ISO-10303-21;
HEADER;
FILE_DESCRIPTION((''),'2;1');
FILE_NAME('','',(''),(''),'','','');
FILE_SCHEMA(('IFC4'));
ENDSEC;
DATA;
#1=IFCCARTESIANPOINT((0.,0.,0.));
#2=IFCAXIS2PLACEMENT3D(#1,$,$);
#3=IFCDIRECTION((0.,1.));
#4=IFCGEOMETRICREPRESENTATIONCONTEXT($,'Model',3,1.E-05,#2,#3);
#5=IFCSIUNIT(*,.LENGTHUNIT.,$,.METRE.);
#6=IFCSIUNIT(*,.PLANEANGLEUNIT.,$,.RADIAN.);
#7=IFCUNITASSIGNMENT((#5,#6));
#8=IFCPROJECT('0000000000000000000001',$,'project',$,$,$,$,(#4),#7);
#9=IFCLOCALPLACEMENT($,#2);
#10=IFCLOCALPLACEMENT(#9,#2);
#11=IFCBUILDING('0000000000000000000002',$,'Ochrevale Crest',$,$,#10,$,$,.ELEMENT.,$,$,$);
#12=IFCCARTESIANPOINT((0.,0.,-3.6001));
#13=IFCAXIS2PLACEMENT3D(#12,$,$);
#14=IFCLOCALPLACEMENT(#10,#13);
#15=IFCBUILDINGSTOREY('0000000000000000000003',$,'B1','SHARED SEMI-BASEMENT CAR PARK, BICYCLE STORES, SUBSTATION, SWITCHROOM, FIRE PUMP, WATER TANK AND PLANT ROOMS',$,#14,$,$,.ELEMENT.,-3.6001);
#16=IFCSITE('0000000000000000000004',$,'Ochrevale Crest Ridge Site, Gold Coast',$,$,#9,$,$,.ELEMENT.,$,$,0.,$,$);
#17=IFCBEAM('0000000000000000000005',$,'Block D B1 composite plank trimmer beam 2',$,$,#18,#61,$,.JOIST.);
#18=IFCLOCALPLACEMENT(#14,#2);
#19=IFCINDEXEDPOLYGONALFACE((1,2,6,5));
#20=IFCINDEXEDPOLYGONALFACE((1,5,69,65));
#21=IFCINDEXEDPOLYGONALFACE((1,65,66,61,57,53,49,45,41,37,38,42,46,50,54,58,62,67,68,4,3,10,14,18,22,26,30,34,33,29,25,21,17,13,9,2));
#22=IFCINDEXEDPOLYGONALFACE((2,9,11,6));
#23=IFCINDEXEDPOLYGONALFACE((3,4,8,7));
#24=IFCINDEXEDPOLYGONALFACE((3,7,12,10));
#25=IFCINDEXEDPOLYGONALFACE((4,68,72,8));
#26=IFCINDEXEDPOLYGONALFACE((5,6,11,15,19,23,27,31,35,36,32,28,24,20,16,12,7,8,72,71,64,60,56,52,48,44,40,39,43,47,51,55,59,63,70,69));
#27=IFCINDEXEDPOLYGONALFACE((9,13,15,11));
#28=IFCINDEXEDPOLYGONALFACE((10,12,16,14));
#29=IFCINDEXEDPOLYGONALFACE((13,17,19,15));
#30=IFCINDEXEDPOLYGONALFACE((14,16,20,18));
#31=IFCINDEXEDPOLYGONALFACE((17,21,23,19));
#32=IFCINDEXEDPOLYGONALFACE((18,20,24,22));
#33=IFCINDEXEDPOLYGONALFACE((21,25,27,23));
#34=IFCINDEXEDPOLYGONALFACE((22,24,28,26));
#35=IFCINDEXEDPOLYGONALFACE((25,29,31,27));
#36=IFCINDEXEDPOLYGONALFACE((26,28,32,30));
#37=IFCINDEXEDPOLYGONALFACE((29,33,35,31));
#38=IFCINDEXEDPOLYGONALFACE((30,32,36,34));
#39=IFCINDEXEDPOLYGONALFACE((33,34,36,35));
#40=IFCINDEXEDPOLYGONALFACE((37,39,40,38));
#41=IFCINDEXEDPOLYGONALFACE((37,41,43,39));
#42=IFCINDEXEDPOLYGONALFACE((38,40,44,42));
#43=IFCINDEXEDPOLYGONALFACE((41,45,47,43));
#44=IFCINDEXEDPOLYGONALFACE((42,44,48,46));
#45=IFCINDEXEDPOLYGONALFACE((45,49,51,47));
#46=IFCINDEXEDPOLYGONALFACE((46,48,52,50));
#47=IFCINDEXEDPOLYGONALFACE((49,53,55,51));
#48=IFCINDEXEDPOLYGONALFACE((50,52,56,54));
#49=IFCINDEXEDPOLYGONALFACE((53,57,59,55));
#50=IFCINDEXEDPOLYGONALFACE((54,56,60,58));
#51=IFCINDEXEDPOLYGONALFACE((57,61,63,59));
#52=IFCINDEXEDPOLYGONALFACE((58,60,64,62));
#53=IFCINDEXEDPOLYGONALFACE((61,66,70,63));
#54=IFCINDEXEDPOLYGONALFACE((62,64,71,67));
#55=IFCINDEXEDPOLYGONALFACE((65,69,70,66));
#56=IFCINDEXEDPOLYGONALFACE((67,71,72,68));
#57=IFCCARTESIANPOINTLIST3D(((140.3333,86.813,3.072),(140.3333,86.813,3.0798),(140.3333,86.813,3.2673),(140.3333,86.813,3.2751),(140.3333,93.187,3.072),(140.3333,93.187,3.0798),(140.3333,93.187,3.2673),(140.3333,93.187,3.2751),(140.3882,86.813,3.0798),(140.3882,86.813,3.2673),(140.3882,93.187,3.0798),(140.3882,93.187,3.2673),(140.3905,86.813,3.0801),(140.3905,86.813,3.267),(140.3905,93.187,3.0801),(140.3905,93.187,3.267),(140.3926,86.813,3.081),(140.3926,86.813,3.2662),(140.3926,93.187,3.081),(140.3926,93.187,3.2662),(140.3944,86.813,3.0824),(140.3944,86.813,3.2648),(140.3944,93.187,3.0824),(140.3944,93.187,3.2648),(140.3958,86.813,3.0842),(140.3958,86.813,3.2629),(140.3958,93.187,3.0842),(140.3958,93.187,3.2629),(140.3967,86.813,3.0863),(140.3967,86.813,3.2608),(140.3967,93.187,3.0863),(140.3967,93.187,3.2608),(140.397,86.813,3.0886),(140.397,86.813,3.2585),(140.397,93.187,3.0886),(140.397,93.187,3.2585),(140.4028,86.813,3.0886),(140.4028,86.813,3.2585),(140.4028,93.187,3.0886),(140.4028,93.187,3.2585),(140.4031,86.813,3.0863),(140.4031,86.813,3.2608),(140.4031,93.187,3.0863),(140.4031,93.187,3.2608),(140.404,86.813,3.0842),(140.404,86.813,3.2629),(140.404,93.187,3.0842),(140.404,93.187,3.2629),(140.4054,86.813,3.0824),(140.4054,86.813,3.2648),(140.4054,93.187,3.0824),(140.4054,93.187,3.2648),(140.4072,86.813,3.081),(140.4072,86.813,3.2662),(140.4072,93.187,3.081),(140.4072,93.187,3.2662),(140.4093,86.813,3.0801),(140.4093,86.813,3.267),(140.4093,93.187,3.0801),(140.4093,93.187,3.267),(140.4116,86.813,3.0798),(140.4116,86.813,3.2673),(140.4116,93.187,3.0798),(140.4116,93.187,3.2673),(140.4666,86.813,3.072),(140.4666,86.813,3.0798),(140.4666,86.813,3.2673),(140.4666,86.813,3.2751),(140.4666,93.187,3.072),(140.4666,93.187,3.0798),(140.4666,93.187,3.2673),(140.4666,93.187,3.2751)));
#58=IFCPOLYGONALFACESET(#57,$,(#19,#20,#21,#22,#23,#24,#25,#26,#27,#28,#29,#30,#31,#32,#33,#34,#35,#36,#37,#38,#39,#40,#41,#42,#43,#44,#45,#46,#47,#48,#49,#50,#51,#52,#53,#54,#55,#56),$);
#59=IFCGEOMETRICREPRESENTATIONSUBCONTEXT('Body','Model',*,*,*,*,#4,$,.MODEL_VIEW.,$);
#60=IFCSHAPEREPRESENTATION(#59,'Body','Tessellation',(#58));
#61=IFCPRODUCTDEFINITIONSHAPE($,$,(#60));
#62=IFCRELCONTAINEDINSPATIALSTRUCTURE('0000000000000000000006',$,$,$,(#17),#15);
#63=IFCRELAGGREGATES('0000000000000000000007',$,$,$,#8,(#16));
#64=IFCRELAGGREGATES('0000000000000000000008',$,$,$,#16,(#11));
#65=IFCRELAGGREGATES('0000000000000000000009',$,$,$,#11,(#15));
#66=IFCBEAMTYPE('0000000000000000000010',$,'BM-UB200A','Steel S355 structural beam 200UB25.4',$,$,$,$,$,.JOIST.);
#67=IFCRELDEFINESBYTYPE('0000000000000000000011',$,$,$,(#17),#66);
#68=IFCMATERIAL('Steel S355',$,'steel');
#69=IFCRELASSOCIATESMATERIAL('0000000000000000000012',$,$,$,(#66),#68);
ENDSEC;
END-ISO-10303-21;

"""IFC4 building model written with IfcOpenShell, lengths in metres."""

from ifc_helpers import new_model, si_unit, direction, frame, origin, origin_2d, place, context, subcontext, project, spatial, i_section, extrude, material, material_profile, profile_set, type_object, element, save


model = new_model("IFC4")

# Units and contexts
model_context = context("Model", 3, precision=1e-05, world=origin(), true_north=direction((0.0, 1.0)))
body_context = subcontext(model_context, "Body", "Model", "MODEL_VIEW")
ifc_project = project(units=[si_unit("LENGTHUNIT", "METRE"), si_unit("PLANEANGLEUNIT", "RADIAN")], contexts=[model_context])

# Site, building, storey
site_placement = place(None, origin())
site = spatial("IfcSite", under=ifc_project, at=site_placement, Name="Ochrevale Crest Ridge Site, Gold Coast", CompositionType="ELEMENT", RefElevation=0.0)
building_placement = place(site_placement, origin())
building = spatial("IfcBuilding", under=site, at=building_placement, Name="Ochrevale Crest", CompositionType="ELEMENT")
storey_placement = place(building_placement, frame((0.0, 0.0, -3.6001)))
storey = spatial("IfcBuildingStorey", under=building, at=storey_placement, Name="B1", Description="SHARED SEMI-BASEMENT CAR PARK, BICYCLE STORES, SUBSTATION, SWITCHROOM, FIRE PUMP, WATER TANK AND PLANT ROOMS", CompositionType="ELEMENT", Elevation=-3.6001)

# Beam
ifc_material_1 = material(Name="Steel S355", Category="steel")
ifc_material_profile_1 = material_profile(ifc_material_1, i_section(OverallWidth=0.1333, OverallDepth=0.2031, WebThickness=0.0059, FlangeThickness=0.0078, FilletRadius=0.0088, at=origin_2d()), Name="200UB25.4")
ifc_profile_set_1 = profile_set([ifc_material_profile_1], Name="Steel S355")
beam_type_1 = type_object("IfcBeamType", Name="BM-UB200A", Description="Steel S355 structural beam 200UB25.4", PredefinedType="JOIST", material=ifc_profile_set_1)
beam_1_placement = place(storey_placement, frame((140.3999, 86.813, 3.1736), z_axis=(0.0, 1.0, 0.0), x_axis=(-1.0, 0.0, 0.0)))
element("IfcBeam", 1, at=beam_1_placement, inside=storey, type_object=beam_type_1, Name="Block D B1 composite plank trimmer beam 2", PredefinedType="JOIST", context=body_context, shape_type="SweptSolid", body=[
    extrude(i_section(OverallWidth=0.1333, OverallDepth=0.2031, WebThickness=0.0059, FlangeThickness=0.0078, FilletRadius=0.0088, at=origin_2d()), origin(), (0.0, 0.0, 1.0), 6.374),
])

save(model, "model.ifc")
